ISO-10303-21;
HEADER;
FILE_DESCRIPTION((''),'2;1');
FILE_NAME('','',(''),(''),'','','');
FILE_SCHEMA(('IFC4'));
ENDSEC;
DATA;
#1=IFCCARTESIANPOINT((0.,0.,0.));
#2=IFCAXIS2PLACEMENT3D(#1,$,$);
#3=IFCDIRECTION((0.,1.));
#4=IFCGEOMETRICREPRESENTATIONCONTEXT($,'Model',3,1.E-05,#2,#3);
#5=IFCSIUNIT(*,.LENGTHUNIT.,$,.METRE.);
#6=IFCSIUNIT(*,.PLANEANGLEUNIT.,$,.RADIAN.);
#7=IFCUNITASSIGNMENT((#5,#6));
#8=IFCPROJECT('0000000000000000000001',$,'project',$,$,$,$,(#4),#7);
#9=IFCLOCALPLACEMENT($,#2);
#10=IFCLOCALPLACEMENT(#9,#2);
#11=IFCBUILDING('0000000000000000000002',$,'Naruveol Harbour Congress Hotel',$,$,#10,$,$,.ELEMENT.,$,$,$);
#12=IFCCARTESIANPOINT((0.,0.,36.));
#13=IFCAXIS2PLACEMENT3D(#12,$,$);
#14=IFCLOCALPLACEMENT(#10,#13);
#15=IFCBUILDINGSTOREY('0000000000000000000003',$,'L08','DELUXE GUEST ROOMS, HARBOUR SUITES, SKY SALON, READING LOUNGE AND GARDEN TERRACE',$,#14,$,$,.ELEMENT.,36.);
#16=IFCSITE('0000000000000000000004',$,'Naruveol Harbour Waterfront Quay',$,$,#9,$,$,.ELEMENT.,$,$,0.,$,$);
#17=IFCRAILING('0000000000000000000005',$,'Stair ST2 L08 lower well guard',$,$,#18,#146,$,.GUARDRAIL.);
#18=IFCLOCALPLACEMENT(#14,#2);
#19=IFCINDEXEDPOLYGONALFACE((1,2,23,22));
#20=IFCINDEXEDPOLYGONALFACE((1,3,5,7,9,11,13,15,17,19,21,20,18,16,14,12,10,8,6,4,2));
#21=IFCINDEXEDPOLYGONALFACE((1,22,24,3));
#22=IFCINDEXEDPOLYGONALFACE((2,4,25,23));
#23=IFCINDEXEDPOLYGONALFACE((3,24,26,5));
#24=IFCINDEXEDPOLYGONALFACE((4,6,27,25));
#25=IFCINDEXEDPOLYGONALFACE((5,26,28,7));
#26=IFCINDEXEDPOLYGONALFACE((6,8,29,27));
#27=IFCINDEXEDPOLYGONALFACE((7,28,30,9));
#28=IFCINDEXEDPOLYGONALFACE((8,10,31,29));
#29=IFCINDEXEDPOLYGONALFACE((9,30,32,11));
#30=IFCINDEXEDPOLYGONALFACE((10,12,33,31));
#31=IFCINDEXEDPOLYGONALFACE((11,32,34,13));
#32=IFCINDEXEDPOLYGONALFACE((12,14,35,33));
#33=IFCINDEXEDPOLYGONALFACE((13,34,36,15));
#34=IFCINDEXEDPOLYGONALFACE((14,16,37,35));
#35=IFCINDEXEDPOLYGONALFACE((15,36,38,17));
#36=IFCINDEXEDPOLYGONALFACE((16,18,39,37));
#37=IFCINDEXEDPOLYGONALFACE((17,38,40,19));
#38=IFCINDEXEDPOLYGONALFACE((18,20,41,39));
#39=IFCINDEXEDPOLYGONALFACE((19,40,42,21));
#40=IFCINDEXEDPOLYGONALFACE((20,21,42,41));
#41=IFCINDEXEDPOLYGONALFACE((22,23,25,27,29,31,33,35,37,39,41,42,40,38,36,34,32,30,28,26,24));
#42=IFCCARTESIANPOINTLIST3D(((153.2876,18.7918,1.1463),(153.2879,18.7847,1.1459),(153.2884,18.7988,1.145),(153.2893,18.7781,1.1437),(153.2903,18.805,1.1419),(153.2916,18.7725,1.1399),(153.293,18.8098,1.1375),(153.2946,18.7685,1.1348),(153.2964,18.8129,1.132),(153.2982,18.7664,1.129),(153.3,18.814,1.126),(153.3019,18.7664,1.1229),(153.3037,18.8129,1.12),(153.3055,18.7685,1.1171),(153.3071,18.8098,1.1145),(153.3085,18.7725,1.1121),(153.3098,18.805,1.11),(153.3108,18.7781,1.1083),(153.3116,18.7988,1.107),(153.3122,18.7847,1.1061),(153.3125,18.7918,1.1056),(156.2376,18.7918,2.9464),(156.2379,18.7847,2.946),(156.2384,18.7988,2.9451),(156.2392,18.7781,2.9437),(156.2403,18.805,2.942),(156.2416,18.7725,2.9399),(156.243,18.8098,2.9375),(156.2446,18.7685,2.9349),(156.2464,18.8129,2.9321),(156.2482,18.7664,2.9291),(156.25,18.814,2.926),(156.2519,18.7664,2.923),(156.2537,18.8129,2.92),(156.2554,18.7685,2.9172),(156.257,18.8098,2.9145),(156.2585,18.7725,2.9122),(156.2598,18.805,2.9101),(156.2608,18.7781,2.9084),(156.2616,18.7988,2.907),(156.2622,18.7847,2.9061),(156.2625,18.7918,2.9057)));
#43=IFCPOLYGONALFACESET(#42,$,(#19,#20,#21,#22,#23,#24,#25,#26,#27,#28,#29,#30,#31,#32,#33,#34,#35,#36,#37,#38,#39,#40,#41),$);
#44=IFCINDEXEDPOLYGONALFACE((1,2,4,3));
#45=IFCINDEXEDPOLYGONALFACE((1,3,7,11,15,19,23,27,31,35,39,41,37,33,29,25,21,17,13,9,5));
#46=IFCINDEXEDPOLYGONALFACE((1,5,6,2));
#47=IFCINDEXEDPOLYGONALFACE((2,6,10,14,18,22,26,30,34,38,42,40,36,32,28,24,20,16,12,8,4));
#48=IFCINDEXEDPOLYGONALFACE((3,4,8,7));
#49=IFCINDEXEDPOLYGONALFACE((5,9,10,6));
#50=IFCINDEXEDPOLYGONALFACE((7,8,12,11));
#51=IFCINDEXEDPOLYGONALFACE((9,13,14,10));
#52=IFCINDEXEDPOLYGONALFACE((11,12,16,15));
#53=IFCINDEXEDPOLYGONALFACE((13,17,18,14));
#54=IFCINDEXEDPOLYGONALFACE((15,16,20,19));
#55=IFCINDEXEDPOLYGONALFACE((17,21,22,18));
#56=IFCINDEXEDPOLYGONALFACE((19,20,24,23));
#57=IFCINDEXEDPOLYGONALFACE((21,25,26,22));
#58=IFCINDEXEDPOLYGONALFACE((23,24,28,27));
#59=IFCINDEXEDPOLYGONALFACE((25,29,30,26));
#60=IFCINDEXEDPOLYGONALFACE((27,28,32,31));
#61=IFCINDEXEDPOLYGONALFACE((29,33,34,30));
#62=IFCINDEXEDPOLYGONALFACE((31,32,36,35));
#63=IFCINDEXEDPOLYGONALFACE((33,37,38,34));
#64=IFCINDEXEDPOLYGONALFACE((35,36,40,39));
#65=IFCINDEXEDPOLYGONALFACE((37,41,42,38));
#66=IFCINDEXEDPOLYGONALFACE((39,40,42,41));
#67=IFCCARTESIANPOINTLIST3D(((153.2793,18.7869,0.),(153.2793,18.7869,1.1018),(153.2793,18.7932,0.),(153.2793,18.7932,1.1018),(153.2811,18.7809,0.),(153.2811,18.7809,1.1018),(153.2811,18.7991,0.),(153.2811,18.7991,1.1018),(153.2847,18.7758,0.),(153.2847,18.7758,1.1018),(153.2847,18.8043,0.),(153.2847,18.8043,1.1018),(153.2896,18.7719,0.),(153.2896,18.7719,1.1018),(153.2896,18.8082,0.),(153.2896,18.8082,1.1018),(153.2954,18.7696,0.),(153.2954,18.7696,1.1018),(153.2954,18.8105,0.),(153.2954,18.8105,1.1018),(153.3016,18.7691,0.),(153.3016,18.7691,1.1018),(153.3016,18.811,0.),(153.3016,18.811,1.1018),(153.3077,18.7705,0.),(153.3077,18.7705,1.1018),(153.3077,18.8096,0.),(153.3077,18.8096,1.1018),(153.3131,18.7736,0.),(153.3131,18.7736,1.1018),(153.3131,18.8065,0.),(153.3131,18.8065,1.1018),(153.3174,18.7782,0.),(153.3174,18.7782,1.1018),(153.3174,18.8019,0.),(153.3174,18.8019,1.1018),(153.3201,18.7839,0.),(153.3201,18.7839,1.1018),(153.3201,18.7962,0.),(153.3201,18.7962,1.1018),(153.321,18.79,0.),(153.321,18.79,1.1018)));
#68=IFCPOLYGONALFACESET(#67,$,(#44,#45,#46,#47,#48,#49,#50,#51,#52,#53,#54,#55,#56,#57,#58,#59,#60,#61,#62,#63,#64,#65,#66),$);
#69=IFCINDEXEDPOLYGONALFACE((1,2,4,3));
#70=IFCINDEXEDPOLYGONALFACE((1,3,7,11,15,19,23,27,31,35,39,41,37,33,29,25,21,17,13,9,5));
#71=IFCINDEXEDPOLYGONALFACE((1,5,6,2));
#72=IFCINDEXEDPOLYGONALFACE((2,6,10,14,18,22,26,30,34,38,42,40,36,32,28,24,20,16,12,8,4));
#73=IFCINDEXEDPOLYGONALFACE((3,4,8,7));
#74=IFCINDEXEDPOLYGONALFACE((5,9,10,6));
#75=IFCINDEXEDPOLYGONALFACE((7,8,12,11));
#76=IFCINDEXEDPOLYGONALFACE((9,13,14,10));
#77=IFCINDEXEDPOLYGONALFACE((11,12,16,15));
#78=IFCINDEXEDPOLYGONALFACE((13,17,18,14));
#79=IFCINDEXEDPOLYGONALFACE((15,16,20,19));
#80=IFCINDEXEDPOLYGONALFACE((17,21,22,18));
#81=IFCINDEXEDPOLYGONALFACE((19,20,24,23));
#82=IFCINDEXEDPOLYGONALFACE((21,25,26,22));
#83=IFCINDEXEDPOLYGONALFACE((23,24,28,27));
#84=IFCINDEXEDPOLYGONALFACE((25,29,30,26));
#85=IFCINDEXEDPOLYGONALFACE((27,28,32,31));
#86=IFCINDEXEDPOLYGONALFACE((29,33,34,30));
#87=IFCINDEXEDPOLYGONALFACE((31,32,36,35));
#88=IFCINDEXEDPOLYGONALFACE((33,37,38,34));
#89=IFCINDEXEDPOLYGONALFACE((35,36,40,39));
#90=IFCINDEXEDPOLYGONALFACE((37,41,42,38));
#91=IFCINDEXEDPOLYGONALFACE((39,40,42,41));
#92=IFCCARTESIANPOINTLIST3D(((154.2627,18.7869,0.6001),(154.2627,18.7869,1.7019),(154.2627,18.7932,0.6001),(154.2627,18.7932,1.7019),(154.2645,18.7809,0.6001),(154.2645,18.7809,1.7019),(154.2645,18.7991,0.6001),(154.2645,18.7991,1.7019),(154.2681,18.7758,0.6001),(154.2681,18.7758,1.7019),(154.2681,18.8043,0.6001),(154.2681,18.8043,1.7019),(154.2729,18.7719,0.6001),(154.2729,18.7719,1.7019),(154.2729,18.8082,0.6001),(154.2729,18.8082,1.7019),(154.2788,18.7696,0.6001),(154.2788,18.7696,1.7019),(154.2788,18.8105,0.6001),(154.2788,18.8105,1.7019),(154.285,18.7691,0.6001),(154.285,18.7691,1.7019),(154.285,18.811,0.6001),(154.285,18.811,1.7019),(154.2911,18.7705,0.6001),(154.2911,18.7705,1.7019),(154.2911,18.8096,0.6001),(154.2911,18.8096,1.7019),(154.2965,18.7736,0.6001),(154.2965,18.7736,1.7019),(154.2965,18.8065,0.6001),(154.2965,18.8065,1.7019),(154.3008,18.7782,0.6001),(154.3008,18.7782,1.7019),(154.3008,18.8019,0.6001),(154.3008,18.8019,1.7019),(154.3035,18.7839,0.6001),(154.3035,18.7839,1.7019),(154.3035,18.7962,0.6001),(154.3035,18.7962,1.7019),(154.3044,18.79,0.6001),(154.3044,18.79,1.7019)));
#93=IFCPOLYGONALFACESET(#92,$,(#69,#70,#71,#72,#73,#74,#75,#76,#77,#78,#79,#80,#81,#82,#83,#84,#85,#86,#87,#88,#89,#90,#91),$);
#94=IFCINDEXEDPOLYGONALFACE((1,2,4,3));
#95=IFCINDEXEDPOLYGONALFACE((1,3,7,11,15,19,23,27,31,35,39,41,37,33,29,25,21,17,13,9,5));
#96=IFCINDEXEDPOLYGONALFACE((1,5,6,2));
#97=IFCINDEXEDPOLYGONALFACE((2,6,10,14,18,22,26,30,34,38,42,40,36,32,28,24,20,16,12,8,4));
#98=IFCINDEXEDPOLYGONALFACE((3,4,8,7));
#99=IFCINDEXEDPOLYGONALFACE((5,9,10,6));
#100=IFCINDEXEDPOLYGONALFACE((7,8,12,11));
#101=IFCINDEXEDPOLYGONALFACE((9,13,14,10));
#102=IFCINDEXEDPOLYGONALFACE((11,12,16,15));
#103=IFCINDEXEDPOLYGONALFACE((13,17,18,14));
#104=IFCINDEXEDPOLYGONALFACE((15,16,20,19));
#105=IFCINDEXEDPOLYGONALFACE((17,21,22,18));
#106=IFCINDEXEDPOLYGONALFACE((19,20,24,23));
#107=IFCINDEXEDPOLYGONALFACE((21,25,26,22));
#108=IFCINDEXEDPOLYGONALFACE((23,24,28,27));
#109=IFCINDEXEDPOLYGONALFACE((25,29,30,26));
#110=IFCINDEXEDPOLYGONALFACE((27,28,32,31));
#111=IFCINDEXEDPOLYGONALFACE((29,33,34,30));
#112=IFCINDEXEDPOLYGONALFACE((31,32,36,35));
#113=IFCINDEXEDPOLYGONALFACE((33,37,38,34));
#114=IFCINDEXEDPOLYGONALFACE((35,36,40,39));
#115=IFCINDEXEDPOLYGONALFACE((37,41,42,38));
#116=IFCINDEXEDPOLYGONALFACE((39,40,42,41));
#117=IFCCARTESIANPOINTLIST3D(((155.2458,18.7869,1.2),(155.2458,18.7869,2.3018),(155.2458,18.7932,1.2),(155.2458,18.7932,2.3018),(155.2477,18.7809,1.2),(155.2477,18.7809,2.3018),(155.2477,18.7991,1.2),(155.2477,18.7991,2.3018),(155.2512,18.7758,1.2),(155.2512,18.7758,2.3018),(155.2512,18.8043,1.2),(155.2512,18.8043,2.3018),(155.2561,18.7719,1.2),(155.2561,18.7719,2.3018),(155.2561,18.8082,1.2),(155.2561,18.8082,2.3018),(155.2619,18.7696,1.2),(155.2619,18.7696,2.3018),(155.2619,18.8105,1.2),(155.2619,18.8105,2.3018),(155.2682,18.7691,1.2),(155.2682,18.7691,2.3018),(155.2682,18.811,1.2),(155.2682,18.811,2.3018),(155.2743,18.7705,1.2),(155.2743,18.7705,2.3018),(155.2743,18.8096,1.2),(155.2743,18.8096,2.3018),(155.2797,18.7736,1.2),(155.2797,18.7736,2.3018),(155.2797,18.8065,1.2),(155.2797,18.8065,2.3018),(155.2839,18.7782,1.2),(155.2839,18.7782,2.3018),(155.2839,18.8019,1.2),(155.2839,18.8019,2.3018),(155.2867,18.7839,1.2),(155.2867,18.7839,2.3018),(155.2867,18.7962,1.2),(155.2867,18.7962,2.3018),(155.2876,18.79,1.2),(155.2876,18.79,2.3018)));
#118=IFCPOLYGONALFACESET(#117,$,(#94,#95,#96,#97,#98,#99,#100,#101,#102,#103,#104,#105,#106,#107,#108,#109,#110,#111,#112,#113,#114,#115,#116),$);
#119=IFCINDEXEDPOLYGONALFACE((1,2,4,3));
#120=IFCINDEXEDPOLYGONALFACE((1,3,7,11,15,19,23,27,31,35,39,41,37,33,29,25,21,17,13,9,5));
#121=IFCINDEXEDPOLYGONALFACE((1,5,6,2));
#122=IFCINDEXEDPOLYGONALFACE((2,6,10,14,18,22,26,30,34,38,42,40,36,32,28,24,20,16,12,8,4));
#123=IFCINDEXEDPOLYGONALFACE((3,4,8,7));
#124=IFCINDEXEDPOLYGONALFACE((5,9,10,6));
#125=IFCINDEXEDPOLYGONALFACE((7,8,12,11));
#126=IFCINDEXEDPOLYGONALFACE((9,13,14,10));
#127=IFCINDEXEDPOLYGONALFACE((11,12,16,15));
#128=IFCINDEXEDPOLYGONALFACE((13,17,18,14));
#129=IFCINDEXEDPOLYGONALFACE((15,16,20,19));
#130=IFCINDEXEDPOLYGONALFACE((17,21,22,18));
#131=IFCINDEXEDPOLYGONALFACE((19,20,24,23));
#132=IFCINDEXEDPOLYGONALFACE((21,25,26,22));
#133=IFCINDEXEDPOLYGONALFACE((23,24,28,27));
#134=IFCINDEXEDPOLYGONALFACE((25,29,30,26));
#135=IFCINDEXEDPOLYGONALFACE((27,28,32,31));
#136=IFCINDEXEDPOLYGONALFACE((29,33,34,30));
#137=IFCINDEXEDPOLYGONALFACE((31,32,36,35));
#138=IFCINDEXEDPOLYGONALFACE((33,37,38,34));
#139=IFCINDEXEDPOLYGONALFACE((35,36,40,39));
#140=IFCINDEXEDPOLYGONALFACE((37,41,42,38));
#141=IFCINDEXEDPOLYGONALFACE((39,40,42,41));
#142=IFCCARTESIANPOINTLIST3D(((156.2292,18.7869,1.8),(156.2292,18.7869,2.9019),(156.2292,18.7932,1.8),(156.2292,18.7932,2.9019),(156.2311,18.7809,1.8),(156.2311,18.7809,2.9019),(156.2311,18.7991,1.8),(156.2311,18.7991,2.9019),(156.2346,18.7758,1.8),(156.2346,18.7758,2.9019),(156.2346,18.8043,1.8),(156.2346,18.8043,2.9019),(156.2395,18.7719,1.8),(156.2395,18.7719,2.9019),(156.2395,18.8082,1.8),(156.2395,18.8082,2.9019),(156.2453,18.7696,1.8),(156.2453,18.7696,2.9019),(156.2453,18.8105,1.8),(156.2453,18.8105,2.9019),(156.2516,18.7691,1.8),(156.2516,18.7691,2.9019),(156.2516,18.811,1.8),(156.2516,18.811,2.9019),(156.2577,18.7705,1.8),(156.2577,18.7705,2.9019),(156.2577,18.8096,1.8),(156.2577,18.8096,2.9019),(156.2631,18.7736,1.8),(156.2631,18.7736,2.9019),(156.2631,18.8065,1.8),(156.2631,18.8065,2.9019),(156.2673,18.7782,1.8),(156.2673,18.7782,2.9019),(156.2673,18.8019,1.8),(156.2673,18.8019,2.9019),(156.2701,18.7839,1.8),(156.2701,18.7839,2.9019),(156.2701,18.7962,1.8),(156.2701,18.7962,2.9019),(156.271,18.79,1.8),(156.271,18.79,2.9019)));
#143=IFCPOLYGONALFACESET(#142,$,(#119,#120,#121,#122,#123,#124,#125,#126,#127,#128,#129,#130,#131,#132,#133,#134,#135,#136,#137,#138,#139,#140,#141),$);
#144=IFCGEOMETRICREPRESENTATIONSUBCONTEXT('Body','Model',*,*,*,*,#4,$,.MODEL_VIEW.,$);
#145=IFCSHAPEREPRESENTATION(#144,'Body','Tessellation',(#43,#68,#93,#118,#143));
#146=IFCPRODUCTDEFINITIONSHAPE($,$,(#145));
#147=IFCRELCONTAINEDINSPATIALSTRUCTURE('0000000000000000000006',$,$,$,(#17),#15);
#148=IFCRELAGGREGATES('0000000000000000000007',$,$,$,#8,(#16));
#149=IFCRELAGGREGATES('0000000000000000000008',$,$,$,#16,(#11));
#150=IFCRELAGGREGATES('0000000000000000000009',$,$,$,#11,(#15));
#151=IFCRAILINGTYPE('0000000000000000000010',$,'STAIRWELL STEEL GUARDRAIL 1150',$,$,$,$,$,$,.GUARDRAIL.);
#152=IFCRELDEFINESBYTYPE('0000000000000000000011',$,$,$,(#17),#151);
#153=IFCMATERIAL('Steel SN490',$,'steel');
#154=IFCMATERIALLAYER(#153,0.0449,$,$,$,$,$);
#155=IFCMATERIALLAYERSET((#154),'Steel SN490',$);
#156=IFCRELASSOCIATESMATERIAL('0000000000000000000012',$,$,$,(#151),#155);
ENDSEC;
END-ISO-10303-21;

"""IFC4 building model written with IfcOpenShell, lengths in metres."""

from ifc_helpers import new_model, si_unit, direction, frame, origin, origin_2d, place, context, subcontext, project, spatial, circle, extrude, material, layer, layer_set, type_object, element, save


model = new_model("IFC4")

# Units and contexts
model_context = context("Model", 3, precision=1e-05, world=origin(), true_north=direction((0.0, 1.0)))
body_context = subcontext(model_context, "Body", "Model", "MODEL_VIEW")
ifc_project = project(units=[si_unit("LENGTHUNIT", "METRE"), si_unit("PLANEANGLEUNIT", "RADIAN")], contexts=[model_context])

# Site, building, storey
site_placement = place(None, origin())
site = spatial("IfcSite", under=ifc_project, at=site_placement, Name="Naruveol Harbour Waterfront Quay", CompositionType="ELEMENT", RefElevation=0.0)
building_placement = place(site_placement, origin())
building = spatial("IfcBuilding", under=site, at=building_placement, Name="Naruveol Harbour Congress Hotel", CompositionType="ELEMENT")
storey_placement = place(building_placement, frame((0.0, 0.0, 36.0)))
storey = spatial("IfcBuildingStorey", under=building, at=storey_placement, Name="L08", Description="DELUXE GUEST ROOMS, HARBOUR SUITES, SKY SALON, READING LOUNGE AND GARDEN TERRACE", CompositionType="ELEMENT", Elevation=36.0)

# Railing
ifc_material_1 = material(Name="Steel SN490", Category="steel")
ifc_layer_1 = layer(ifc_material_1, 0.0449)
ifc_layer_set_1 = layer_set([ifc_layer_1], Name="Steel SN490")
railing_type_1 = type_object("IfcRailingType", Name="STAIRWELL STEEL GUARDRAIL 1150", PredefinedType="GUARDRAIL", material=ifc_layer_set_1)
railing_1_placement = place(storey_placement, frame((153.3, 18.79, 0.0)))
element("IfcRailing", 1, at=railing_1_placement, inside=storey, type_object=railing_type_1, Name="Stair ST2 L08 lower well guard", PredefinedType="GUARDRAIL", context=body_context, shape_type="SweptSolid", body=[
    extrude(circle(Radius=0.0239, at=origin_2d()), frame((0.0, 0.0, 1.126), z_axis=(0.853629, 0.0, 0.520881), x_axis=(0.0, 1.0, 0.0)), (0.0, 0.0, 1.0), 3.4558),
    extrude(circle(Radius=0.021, at=origin_2d()), origin(), (0.0, 0.0, 1.0), 1.1018),
    extrude(circle(Radius=0.021, at=origin_2d()), frame((0.9834, 0.0, 0.6001)), (0.0, 0.0, 1.0), 1.1018),
    extrude(circle(Radius=0.021, at=origin_2d()), frame((1.9666, 0.0, 1.2)), (0.0, 0.0, 1.0), 1.1018),
    extrude(circle(Radius=0.021, at=origin_2d()), frame((2.95, 0.0, 1.8)), (0.0, 0.0, 1.0), 1.1018),
])

save(model, "model.ifc")
